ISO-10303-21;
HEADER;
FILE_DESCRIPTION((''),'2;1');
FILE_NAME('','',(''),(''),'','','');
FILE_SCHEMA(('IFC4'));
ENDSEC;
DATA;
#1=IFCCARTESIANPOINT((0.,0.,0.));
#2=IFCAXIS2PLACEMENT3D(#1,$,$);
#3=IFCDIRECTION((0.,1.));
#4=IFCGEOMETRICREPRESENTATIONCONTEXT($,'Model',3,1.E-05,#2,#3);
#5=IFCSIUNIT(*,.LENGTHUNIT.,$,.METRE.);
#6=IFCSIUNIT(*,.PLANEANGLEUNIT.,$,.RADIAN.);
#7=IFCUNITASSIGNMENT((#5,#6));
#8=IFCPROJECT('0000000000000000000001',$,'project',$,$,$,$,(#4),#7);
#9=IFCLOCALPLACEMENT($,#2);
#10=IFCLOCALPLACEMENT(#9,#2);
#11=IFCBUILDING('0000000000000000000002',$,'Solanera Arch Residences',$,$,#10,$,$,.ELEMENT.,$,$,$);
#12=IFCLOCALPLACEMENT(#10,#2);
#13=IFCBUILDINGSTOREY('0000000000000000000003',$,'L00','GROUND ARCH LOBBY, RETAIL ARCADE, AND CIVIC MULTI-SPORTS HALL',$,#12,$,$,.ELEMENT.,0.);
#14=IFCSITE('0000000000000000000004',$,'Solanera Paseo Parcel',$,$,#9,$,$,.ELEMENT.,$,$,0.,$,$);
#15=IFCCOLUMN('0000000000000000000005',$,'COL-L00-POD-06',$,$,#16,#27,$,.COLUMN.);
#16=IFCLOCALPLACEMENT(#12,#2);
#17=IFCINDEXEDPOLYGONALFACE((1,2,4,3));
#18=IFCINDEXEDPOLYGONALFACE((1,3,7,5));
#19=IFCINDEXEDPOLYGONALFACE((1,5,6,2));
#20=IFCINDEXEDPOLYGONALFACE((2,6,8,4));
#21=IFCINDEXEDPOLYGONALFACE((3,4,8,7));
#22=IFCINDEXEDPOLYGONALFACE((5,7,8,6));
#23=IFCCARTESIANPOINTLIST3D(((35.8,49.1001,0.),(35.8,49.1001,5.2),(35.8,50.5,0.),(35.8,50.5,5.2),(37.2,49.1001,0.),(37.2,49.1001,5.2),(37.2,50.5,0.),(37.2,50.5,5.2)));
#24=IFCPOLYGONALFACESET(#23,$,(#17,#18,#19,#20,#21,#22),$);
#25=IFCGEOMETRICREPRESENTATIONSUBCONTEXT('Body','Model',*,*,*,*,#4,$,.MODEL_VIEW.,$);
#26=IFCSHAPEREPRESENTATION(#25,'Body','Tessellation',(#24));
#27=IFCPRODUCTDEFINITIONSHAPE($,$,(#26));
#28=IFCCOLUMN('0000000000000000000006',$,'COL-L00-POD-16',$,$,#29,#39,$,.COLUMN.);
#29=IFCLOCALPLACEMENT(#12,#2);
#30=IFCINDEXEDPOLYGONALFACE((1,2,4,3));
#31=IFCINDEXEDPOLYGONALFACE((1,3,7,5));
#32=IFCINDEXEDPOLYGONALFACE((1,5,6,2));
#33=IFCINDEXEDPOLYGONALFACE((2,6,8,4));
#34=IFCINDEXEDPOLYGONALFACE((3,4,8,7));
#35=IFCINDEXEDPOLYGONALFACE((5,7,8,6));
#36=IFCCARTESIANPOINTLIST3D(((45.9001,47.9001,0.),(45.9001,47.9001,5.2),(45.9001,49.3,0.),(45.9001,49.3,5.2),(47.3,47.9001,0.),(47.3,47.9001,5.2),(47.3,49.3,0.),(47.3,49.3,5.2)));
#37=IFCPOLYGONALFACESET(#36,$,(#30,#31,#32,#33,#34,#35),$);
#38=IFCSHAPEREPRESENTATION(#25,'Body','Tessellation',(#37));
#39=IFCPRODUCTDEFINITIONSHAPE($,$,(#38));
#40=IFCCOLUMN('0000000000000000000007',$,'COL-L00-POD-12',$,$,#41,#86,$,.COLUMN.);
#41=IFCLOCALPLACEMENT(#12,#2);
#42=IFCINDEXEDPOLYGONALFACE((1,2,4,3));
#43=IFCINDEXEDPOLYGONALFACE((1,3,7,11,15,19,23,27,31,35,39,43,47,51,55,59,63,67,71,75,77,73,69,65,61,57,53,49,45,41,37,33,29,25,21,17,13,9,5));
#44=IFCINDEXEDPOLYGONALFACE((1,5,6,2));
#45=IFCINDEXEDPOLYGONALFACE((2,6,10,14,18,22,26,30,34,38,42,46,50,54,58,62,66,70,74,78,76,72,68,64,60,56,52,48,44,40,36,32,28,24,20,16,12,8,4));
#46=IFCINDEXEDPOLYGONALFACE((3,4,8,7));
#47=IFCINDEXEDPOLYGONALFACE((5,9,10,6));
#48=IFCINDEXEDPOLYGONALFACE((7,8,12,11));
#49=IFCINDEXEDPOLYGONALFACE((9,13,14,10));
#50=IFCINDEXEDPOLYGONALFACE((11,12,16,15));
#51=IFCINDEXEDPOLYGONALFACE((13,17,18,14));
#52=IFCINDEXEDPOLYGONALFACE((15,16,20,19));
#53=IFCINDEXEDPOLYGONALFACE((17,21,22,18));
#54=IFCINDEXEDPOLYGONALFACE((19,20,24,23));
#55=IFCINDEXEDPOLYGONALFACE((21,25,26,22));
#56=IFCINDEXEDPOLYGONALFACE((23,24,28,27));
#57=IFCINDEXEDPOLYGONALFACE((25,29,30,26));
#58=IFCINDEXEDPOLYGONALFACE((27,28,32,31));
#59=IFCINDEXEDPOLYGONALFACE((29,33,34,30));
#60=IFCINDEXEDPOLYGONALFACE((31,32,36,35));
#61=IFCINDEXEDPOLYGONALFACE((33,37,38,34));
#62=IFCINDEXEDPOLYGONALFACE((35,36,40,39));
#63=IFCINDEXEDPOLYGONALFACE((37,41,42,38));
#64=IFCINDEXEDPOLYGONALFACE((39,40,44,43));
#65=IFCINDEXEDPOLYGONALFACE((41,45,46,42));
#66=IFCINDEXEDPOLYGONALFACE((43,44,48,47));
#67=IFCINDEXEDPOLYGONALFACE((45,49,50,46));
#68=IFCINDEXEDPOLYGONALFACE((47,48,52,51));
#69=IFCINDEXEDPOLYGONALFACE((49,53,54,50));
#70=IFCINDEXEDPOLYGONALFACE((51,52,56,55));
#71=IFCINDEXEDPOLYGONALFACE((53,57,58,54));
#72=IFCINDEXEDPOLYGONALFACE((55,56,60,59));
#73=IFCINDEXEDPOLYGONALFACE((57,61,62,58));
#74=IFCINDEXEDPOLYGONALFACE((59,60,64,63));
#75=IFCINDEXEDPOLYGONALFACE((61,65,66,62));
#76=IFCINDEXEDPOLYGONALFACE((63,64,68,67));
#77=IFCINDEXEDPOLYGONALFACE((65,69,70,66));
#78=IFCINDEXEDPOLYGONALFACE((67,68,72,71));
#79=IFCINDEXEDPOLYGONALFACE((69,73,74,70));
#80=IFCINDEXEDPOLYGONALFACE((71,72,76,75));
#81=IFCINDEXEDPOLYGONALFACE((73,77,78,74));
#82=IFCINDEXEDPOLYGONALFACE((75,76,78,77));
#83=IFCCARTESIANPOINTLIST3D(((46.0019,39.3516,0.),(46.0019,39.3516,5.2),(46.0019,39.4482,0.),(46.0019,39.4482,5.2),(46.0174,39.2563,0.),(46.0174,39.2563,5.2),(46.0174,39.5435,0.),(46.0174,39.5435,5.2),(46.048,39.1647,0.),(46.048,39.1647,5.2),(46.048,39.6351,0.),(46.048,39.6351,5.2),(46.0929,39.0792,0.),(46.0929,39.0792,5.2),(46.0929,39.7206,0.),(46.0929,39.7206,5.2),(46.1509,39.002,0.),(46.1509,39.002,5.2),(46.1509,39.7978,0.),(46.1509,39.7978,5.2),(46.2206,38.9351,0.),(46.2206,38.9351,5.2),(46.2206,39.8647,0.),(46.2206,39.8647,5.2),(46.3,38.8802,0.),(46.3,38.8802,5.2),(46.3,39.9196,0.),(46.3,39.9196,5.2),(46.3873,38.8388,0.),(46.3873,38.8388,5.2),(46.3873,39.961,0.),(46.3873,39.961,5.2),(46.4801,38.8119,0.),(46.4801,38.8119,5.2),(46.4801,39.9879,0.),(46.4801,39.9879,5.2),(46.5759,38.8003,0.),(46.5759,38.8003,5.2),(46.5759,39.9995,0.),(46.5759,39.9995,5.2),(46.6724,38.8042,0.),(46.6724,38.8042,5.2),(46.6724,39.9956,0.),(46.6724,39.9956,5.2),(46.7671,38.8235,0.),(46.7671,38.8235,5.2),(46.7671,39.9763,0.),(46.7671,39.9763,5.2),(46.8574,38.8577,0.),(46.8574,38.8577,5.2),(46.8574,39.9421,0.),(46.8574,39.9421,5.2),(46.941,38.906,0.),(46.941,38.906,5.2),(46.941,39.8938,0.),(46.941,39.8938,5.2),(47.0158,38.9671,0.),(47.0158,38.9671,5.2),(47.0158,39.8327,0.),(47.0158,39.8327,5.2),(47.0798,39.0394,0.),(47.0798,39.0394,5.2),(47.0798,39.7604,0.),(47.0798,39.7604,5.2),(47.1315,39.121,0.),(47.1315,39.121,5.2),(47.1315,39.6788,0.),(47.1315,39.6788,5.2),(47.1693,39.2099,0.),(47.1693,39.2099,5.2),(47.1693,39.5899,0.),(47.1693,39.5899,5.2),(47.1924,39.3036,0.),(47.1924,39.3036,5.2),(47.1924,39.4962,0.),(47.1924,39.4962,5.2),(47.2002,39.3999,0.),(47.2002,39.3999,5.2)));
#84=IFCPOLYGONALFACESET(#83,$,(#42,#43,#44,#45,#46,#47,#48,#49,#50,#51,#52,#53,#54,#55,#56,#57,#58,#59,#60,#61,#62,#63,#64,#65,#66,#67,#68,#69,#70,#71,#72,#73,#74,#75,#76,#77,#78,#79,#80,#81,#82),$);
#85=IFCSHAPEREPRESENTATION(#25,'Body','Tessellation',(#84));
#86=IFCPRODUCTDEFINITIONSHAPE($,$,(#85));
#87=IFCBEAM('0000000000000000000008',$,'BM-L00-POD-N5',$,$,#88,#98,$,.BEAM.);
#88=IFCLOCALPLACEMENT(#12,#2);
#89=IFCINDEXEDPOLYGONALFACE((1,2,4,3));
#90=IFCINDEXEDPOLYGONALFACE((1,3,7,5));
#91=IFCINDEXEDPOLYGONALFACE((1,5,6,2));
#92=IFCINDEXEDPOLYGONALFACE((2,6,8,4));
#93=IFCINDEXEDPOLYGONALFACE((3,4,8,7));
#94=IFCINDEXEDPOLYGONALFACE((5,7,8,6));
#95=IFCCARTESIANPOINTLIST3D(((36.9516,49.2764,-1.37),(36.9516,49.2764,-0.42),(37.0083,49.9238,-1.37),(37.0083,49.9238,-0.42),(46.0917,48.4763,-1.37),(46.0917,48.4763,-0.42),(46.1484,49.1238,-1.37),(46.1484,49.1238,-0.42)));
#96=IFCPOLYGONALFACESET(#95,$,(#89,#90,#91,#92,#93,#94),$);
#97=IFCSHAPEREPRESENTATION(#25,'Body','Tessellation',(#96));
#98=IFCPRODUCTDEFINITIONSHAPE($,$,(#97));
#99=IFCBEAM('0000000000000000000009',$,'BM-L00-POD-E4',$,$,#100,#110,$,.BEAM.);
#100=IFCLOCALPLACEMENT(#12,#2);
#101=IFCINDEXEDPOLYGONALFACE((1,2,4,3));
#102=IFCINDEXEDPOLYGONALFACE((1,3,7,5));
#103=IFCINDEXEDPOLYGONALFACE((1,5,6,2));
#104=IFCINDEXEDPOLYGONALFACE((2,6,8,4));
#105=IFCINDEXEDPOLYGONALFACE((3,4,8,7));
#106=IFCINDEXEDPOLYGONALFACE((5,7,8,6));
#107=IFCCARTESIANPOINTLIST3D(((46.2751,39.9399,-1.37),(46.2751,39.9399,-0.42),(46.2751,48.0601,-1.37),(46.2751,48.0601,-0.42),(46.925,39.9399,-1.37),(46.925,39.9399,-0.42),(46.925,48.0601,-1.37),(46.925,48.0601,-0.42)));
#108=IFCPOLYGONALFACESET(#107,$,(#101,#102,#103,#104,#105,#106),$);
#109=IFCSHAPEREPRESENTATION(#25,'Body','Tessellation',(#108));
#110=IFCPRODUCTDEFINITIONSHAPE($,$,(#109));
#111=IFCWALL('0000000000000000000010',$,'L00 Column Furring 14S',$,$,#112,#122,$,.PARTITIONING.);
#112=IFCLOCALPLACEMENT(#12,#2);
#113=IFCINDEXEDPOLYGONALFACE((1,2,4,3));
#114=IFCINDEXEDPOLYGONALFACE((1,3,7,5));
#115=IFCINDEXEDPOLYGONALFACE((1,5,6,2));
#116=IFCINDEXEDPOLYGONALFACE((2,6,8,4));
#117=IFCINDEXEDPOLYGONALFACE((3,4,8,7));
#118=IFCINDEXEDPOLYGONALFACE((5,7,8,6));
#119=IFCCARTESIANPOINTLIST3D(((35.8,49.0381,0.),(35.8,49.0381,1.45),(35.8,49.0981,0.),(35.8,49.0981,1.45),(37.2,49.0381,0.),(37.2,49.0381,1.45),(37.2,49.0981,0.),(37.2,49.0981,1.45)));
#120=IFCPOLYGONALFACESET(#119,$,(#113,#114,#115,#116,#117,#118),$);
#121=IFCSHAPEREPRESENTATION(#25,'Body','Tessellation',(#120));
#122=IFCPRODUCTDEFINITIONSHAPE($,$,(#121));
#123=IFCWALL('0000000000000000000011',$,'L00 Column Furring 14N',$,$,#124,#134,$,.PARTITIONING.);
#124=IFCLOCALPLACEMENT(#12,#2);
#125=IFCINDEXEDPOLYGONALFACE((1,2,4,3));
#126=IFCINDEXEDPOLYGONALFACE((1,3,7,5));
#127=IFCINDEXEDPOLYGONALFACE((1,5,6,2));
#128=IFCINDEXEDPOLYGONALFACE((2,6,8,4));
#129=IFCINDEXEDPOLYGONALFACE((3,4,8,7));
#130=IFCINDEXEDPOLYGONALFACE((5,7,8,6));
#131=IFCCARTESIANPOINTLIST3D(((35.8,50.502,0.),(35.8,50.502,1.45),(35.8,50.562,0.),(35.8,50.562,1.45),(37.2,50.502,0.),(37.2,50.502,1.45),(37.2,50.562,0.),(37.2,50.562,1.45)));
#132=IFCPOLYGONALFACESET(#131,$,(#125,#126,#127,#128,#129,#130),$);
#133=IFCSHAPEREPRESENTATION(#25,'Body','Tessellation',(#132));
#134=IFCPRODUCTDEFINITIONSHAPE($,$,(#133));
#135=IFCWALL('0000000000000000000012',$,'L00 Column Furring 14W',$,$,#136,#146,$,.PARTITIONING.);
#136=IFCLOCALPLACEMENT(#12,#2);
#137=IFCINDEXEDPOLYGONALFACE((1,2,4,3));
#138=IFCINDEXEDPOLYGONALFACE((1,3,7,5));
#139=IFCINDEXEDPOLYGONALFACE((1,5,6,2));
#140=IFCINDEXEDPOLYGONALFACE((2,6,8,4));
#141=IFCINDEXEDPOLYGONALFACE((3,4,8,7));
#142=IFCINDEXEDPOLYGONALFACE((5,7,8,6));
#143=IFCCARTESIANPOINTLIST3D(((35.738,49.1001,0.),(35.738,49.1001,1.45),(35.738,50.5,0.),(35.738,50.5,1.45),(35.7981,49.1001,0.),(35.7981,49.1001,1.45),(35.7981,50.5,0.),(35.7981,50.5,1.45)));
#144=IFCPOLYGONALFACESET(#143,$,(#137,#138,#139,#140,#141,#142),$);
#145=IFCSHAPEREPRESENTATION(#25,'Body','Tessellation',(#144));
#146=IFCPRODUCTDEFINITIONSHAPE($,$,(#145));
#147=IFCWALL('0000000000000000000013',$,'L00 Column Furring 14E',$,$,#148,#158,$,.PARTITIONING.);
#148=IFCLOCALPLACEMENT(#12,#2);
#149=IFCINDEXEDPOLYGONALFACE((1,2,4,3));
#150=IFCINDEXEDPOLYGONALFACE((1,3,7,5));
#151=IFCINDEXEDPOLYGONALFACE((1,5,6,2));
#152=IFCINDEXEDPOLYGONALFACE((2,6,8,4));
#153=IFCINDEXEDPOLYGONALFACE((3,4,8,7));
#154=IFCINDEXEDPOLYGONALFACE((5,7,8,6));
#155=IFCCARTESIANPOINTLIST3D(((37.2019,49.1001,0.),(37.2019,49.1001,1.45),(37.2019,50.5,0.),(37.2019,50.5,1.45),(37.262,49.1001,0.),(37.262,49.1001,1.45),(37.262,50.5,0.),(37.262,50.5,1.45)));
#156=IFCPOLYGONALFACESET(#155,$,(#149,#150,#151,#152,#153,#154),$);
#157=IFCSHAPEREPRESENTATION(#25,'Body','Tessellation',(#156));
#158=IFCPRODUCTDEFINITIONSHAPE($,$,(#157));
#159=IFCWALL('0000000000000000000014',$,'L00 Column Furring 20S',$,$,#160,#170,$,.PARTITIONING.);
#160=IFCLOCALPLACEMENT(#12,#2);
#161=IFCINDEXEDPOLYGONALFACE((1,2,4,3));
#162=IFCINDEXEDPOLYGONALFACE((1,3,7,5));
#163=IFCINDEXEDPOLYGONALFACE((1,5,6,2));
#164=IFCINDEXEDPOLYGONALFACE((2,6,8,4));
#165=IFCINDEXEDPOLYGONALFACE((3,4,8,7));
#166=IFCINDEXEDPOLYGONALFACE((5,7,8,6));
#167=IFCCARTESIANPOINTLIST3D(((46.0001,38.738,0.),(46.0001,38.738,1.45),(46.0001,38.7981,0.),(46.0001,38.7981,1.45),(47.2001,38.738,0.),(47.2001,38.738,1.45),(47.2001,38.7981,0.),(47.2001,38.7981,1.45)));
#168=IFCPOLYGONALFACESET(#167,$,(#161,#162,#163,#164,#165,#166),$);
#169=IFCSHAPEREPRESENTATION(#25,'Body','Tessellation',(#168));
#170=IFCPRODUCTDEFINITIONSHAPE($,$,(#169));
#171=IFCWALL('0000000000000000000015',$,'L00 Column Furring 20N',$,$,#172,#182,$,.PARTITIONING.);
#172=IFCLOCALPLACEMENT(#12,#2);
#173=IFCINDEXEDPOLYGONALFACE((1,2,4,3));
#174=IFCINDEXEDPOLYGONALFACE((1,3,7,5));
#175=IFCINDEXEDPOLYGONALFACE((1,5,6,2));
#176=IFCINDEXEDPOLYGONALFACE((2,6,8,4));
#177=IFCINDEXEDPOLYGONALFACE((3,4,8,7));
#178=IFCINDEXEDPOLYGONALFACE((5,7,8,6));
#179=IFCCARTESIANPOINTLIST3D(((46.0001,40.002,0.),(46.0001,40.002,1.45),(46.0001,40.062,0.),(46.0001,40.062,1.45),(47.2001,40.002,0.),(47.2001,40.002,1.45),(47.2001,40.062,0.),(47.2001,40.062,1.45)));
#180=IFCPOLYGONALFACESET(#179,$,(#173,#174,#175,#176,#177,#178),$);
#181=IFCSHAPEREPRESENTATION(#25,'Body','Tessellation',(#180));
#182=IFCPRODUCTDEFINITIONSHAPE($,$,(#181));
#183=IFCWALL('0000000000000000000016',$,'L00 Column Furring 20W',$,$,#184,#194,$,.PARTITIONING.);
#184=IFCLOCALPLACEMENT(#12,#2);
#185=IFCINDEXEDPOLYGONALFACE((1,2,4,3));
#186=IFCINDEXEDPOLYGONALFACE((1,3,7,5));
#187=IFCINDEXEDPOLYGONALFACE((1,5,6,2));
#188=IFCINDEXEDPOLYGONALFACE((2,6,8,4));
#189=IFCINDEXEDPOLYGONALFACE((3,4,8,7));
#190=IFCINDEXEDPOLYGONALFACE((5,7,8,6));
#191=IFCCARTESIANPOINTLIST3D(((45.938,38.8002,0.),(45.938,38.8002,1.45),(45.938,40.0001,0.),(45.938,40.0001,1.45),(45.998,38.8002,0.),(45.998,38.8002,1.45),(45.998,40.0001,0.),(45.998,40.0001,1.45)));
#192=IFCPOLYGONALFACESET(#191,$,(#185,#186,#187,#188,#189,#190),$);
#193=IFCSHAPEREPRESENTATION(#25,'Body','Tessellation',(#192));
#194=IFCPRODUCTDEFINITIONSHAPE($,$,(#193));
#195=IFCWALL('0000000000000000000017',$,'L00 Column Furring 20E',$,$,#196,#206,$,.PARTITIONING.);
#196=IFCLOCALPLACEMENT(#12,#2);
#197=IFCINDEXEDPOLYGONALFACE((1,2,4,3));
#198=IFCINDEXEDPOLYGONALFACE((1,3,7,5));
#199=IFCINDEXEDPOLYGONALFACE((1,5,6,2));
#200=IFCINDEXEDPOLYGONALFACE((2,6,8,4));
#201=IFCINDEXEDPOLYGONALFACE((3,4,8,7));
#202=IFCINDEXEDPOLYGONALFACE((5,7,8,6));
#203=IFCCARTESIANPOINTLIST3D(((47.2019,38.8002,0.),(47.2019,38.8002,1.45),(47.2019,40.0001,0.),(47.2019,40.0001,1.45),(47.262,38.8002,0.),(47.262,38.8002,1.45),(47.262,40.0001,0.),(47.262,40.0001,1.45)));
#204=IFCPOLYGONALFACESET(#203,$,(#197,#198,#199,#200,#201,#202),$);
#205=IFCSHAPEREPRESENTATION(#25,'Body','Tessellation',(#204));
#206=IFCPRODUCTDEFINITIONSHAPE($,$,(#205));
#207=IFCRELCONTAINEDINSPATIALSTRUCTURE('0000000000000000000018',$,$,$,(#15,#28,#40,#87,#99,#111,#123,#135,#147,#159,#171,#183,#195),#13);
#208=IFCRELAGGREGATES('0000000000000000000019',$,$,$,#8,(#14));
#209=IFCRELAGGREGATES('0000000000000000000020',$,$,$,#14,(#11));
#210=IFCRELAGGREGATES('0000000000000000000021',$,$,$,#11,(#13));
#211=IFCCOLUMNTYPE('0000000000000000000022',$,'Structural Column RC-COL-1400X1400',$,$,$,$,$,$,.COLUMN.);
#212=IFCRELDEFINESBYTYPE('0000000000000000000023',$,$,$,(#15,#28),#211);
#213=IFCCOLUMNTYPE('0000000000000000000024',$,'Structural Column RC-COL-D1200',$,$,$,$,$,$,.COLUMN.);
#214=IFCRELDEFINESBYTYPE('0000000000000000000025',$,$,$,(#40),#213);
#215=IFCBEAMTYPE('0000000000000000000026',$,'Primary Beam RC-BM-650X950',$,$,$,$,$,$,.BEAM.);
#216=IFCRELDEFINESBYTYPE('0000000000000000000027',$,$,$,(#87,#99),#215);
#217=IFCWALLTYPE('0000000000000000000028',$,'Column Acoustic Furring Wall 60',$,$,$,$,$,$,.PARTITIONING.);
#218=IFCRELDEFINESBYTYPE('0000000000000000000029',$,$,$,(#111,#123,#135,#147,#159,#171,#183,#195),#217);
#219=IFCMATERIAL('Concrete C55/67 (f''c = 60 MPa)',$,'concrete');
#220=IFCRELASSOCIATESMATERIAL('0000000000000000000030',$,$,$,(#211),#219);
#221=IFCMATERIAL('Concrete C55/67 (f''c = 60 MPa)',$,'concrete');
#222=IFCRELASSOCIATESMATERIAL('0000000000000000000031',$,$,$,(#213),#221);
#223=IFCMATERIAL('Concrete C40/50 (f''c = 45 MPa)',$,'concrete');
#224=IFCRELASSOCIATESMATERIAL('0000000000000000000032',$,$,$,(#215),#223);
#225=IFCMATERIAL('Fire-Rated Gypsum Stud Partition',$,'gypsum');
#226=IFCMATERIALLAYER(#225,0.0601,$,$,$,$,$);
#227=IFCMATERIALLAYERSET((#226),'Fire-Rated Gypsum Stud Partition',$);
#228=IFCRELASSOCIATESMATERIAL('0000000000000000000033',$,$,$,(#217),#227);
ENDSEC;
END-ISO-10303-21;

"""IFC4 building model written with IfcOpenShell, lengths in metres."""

from ifc_helpers import new_model, si_unit, direction, frame, frame_2d, origin, origin_2d, place, context, subcontext, project, spatial, rectangle, circle, extrude, material, layer, layer_set, material_profile, profile_set, type_object, element, save


model = new_model("IFC4")

# Units and contexts
model_context = context("Model", 3, precision=1e-05, world=origin(), true_north=direction((0.0, 1.0)))
body_context = subcontext(model_context, "Body", "Model", "MODEL_VIEW")
ifc_project = project(units=[si_unit("LENGTHUNIT", "METRE"), si_unit("PLANEANGLEUNIT", "RADIAN")], contexts=[model_context])

# Site, building, storey
site_placement = place(None, origin())
site = spatial("IfcSite", under=ifc_project, at=site_placement, Name="Solanera Paseo Parcel", CompositionType="ELEMENT", RefElevation=0.0)
building_placement = place(site_placement, origin())
building = spatial("IfcBuilding", under=site, at=building_placement, Name="Solanera Arch Residences", CompositionType="ELEMENT")
storey_placement = place(building_placement, origin())
storey = spatial("IfcBuildingStorey", under=building, at=storey_placement, Name="L00", Description="GROUND ARCH LOBBY, RETAIL ARCADE, AND CIVIC MULTI-SPORTS HALL", CompositionType="ELEMENT", Elevation=0.0)

# Columns
ifc_material_1 = material(Name="Concrete C55/67 (f'c = 60 MPa)", Category="concrete")
ifc_material_profile_1 = material_profile(ifc_material_1, rectangle(XDim=1.3999, YDim=1.3999, at=origin_2d()))
ifc_profile_set_1 = profile_set([ifc_material_profile_1], Name="Concrete C55/67 (f'c = 60 MPa)")
column_type_1 = type_object("IfcColumnType", Name="Structural Column RC-COL-1400X1400", PredefinedType="COLUMN", material=ifc_profile_set_1)
for number, where, z_axis, x_axis, name in (
    (1, (36.5, 49.8, 0.0), (0.0, 0.0, 1.0), (1.0, 0.0, 0.0), "COL-L00-POD-06"),
    (2, (46.6001, 48.6001, 0.0), (0.0, 0.0, 1.0), (1.0, 0.0, 0.0), "COL-L00-POD-16"),
):
    element("IfcColumn", number, at=place(storey_placement, frame(where, z_axis=z_axis, x_axis=x_axis)), inside=storey, type_object=column_type_1, Name=name, PredefinedType="COLUMN", context=body_context, shape_type="SweptSolid", body=[
        extrude(rectangle(XDim=1.3999, YDim=1.3999, at=origin_2d()), origin(), (0.0, 0.0, 1.0), 5.2),
    ])
ifc_material_2 = material(Name="Concrete C55/67 (f'c = 60 MPa)", Category="concrete")
ifc_material_profile_2 = material_profile(ifc_material_2, circle(Radius=0.6001, at=origin_2d()))
ifc_profile_set_2 = profile_set([ifc_material_profile_2], Name="Concrete C55/67 (f'c = 60 MPa)")
column_type_2 = type_object("IfcColumnType", Name="Structural Column RC-COL-D1200", PredefinedType="COLUMN", material=ifc_profile_set_2)
column_placement = place(storey_placement, frame((46.6001, 39.3999, 0.0), z_axis=(0.0, 0.0, 1.0), x_axis=(1.0, 0.0, 0.0)))
element("IfcColumn", 3, at=column_placement, inside=storey, type_object=column_type_2, Name="COL-L00-POD-12", PredefinedType="COLUMN", context=body_context, shape_type="SweptSolid", body=[
    extrude(circle(Radius=0.6001, at=origin_2d()), origin(), (0.0, 0.0, 1.0), 5.2),
])

# Beams
ifc_material_3 = material(Name="Concrete C40/50 (f'c = 45 MPa)", Category="concrete")
ifc_material_profile_3 = material_profile(ifc_material_3, rectangle(XDim=0.6499, YDim=0.95, at=origin_2d()))
ifc_profile_set_3 = profile_set([ifc_material_profile_3], Name="Concrete C40/50 (f'c = 45 MPa)")
beam_type = type_object("IfcBeamType", Name="Primary Beam RC-BM-650X950", PredefinedType="BEAM", material=ifc_profile_set_3)
beam_1_placement = place(storey_placement, frame((36.98, 49.6001, -0.895), z_axis=(0.996191, -0.087198, 0.0), x_axis=(0.087198, 0.996191, 0.0)))
element("IfcBeam", 4, at=beam_1_placement, inside=storey, type_object=beam_type, Name="BM-L00-POD-N5", PredefinedType="BEAM", context=body_context, shape_type="SweptSolid", body=[
    extrude(rectangle(XDim=0.6499, YDim=0.95, at=origin_2d()), origin(), (0.0, 0.0, 1.0), 9.175),
])
beam_2_placement = place(storey_placement, frame((46.6001, 39.9399, -0.895), z_axis=(0.0, 1.0, 0.0), x_axis=(-1.0, 0.0, 0.0)))
element("IfcBeam", 5, at=beam_2_placement, inside=storey, type_object=beam_type, Name="BM-L00-POD-E4", PredefinedType="BEAM", context=body_context, shape_type="SweptSolid", body=[
    extrude(rectangle(XDim=0.6499, YDim=0.95, at=origin_2d()), origin(), (0.0, 0.0, 1.0), 8.1201),
])

# Walls
ifc_material_4 = material(Name="Fire-Rated Gypsum Stud Partition", Category="gypsum")
ifc_layer_1 = layer(ifc_material_4, 0.0601)
ifc_layer_set_1 = layer_set([ifc_layer_1], Name="Fire-Rated Gypsum Stud Partition")
wall_type_1 = type_object("IfcWallType", Name="Column Acoustic Furring Wall 60", PredefinedType="PARTITIONING", material=ifc_layer_set_1)
for number, where, z_axis, x_axis, name in (
    (6, (35.8, 49.0681, 0.0), (0.0, 0.0, 1.0), (1.0, 0.0, 0.0), "L00 Column Furring 14S"),
    (7, (35.8, 50.532, 0.0), (0.0, 0.0, 1.0), (1.0, 0.0, 0.0), "L00 Column Furring 14N"),
    (8, (35.7681, 49.1001, 0.0), (0.0, 0.0, 1.0), (0.0, 1.0, 0.0), "L00 Column Furring 14W"),
    (9, (37.2319, 49.1001, 0.0), (0.0, 0.0, 1.0), (0.0, 1.0, 0.0), "L00 Column Furring 14E"),
):
    element("IfcWall", number, at=place(storey_placement, frame(where, z_axis=z_axis, x_axis=x_axis)), inside=storey, type_object=wall_type_1, Name=name, PredefinedType="PARTITIONING", context=body_context, shape_type="SweptSolid", body=[
        extrude(rectangle(XDim=1.3999, YDim=0.0601, at=frame_2d((0.7, 0.0))), origin(), (0.0, 0.0, 1.0), 1.45),
    ])
for number, where, z_axis, x_axis, name in (
    (10, (46.0, 38.7681, 0.0), (0.0, 0.0, 1.0), (1.0, 0.0, 0.0), "L00 Column Furring 20S"),
    (11, (46.0, 40.032, 0.0), (0.0, 0.0, 1.0), (1.0, 0.0, 0.0), "L00 Column Furring 20N"),
    (12, (45.968, 38.8, 0.0), (0.0, 0.0, 1.0), (0.0, 1.0, 0.0), "L00 Column Furring 20W"),
    (13, (47.2319, 38.8, 0.0), (0.0, 0.0, 1.0), (0.0, 1.0, 0.0), "L00 Column Furring 20E"),
):
    element("IfcWall", number, at=place(storey_placement, frame(where, z_axis=z_axis, x_axis=x_axis)), inside=storey, type_object=wall_type_1, Name=name, PredefinedType="PARTITIONING", context=body_context, shape_type="SweptSolid", body=[
        extrude(rectangle(XDim=1.2, YDim=0.0601, at=frame_2d((0.6001, 0.0))), origin(), (0.0, 0.0, 1.0), 1.45),
    ])

save(model, "model.ifc")
